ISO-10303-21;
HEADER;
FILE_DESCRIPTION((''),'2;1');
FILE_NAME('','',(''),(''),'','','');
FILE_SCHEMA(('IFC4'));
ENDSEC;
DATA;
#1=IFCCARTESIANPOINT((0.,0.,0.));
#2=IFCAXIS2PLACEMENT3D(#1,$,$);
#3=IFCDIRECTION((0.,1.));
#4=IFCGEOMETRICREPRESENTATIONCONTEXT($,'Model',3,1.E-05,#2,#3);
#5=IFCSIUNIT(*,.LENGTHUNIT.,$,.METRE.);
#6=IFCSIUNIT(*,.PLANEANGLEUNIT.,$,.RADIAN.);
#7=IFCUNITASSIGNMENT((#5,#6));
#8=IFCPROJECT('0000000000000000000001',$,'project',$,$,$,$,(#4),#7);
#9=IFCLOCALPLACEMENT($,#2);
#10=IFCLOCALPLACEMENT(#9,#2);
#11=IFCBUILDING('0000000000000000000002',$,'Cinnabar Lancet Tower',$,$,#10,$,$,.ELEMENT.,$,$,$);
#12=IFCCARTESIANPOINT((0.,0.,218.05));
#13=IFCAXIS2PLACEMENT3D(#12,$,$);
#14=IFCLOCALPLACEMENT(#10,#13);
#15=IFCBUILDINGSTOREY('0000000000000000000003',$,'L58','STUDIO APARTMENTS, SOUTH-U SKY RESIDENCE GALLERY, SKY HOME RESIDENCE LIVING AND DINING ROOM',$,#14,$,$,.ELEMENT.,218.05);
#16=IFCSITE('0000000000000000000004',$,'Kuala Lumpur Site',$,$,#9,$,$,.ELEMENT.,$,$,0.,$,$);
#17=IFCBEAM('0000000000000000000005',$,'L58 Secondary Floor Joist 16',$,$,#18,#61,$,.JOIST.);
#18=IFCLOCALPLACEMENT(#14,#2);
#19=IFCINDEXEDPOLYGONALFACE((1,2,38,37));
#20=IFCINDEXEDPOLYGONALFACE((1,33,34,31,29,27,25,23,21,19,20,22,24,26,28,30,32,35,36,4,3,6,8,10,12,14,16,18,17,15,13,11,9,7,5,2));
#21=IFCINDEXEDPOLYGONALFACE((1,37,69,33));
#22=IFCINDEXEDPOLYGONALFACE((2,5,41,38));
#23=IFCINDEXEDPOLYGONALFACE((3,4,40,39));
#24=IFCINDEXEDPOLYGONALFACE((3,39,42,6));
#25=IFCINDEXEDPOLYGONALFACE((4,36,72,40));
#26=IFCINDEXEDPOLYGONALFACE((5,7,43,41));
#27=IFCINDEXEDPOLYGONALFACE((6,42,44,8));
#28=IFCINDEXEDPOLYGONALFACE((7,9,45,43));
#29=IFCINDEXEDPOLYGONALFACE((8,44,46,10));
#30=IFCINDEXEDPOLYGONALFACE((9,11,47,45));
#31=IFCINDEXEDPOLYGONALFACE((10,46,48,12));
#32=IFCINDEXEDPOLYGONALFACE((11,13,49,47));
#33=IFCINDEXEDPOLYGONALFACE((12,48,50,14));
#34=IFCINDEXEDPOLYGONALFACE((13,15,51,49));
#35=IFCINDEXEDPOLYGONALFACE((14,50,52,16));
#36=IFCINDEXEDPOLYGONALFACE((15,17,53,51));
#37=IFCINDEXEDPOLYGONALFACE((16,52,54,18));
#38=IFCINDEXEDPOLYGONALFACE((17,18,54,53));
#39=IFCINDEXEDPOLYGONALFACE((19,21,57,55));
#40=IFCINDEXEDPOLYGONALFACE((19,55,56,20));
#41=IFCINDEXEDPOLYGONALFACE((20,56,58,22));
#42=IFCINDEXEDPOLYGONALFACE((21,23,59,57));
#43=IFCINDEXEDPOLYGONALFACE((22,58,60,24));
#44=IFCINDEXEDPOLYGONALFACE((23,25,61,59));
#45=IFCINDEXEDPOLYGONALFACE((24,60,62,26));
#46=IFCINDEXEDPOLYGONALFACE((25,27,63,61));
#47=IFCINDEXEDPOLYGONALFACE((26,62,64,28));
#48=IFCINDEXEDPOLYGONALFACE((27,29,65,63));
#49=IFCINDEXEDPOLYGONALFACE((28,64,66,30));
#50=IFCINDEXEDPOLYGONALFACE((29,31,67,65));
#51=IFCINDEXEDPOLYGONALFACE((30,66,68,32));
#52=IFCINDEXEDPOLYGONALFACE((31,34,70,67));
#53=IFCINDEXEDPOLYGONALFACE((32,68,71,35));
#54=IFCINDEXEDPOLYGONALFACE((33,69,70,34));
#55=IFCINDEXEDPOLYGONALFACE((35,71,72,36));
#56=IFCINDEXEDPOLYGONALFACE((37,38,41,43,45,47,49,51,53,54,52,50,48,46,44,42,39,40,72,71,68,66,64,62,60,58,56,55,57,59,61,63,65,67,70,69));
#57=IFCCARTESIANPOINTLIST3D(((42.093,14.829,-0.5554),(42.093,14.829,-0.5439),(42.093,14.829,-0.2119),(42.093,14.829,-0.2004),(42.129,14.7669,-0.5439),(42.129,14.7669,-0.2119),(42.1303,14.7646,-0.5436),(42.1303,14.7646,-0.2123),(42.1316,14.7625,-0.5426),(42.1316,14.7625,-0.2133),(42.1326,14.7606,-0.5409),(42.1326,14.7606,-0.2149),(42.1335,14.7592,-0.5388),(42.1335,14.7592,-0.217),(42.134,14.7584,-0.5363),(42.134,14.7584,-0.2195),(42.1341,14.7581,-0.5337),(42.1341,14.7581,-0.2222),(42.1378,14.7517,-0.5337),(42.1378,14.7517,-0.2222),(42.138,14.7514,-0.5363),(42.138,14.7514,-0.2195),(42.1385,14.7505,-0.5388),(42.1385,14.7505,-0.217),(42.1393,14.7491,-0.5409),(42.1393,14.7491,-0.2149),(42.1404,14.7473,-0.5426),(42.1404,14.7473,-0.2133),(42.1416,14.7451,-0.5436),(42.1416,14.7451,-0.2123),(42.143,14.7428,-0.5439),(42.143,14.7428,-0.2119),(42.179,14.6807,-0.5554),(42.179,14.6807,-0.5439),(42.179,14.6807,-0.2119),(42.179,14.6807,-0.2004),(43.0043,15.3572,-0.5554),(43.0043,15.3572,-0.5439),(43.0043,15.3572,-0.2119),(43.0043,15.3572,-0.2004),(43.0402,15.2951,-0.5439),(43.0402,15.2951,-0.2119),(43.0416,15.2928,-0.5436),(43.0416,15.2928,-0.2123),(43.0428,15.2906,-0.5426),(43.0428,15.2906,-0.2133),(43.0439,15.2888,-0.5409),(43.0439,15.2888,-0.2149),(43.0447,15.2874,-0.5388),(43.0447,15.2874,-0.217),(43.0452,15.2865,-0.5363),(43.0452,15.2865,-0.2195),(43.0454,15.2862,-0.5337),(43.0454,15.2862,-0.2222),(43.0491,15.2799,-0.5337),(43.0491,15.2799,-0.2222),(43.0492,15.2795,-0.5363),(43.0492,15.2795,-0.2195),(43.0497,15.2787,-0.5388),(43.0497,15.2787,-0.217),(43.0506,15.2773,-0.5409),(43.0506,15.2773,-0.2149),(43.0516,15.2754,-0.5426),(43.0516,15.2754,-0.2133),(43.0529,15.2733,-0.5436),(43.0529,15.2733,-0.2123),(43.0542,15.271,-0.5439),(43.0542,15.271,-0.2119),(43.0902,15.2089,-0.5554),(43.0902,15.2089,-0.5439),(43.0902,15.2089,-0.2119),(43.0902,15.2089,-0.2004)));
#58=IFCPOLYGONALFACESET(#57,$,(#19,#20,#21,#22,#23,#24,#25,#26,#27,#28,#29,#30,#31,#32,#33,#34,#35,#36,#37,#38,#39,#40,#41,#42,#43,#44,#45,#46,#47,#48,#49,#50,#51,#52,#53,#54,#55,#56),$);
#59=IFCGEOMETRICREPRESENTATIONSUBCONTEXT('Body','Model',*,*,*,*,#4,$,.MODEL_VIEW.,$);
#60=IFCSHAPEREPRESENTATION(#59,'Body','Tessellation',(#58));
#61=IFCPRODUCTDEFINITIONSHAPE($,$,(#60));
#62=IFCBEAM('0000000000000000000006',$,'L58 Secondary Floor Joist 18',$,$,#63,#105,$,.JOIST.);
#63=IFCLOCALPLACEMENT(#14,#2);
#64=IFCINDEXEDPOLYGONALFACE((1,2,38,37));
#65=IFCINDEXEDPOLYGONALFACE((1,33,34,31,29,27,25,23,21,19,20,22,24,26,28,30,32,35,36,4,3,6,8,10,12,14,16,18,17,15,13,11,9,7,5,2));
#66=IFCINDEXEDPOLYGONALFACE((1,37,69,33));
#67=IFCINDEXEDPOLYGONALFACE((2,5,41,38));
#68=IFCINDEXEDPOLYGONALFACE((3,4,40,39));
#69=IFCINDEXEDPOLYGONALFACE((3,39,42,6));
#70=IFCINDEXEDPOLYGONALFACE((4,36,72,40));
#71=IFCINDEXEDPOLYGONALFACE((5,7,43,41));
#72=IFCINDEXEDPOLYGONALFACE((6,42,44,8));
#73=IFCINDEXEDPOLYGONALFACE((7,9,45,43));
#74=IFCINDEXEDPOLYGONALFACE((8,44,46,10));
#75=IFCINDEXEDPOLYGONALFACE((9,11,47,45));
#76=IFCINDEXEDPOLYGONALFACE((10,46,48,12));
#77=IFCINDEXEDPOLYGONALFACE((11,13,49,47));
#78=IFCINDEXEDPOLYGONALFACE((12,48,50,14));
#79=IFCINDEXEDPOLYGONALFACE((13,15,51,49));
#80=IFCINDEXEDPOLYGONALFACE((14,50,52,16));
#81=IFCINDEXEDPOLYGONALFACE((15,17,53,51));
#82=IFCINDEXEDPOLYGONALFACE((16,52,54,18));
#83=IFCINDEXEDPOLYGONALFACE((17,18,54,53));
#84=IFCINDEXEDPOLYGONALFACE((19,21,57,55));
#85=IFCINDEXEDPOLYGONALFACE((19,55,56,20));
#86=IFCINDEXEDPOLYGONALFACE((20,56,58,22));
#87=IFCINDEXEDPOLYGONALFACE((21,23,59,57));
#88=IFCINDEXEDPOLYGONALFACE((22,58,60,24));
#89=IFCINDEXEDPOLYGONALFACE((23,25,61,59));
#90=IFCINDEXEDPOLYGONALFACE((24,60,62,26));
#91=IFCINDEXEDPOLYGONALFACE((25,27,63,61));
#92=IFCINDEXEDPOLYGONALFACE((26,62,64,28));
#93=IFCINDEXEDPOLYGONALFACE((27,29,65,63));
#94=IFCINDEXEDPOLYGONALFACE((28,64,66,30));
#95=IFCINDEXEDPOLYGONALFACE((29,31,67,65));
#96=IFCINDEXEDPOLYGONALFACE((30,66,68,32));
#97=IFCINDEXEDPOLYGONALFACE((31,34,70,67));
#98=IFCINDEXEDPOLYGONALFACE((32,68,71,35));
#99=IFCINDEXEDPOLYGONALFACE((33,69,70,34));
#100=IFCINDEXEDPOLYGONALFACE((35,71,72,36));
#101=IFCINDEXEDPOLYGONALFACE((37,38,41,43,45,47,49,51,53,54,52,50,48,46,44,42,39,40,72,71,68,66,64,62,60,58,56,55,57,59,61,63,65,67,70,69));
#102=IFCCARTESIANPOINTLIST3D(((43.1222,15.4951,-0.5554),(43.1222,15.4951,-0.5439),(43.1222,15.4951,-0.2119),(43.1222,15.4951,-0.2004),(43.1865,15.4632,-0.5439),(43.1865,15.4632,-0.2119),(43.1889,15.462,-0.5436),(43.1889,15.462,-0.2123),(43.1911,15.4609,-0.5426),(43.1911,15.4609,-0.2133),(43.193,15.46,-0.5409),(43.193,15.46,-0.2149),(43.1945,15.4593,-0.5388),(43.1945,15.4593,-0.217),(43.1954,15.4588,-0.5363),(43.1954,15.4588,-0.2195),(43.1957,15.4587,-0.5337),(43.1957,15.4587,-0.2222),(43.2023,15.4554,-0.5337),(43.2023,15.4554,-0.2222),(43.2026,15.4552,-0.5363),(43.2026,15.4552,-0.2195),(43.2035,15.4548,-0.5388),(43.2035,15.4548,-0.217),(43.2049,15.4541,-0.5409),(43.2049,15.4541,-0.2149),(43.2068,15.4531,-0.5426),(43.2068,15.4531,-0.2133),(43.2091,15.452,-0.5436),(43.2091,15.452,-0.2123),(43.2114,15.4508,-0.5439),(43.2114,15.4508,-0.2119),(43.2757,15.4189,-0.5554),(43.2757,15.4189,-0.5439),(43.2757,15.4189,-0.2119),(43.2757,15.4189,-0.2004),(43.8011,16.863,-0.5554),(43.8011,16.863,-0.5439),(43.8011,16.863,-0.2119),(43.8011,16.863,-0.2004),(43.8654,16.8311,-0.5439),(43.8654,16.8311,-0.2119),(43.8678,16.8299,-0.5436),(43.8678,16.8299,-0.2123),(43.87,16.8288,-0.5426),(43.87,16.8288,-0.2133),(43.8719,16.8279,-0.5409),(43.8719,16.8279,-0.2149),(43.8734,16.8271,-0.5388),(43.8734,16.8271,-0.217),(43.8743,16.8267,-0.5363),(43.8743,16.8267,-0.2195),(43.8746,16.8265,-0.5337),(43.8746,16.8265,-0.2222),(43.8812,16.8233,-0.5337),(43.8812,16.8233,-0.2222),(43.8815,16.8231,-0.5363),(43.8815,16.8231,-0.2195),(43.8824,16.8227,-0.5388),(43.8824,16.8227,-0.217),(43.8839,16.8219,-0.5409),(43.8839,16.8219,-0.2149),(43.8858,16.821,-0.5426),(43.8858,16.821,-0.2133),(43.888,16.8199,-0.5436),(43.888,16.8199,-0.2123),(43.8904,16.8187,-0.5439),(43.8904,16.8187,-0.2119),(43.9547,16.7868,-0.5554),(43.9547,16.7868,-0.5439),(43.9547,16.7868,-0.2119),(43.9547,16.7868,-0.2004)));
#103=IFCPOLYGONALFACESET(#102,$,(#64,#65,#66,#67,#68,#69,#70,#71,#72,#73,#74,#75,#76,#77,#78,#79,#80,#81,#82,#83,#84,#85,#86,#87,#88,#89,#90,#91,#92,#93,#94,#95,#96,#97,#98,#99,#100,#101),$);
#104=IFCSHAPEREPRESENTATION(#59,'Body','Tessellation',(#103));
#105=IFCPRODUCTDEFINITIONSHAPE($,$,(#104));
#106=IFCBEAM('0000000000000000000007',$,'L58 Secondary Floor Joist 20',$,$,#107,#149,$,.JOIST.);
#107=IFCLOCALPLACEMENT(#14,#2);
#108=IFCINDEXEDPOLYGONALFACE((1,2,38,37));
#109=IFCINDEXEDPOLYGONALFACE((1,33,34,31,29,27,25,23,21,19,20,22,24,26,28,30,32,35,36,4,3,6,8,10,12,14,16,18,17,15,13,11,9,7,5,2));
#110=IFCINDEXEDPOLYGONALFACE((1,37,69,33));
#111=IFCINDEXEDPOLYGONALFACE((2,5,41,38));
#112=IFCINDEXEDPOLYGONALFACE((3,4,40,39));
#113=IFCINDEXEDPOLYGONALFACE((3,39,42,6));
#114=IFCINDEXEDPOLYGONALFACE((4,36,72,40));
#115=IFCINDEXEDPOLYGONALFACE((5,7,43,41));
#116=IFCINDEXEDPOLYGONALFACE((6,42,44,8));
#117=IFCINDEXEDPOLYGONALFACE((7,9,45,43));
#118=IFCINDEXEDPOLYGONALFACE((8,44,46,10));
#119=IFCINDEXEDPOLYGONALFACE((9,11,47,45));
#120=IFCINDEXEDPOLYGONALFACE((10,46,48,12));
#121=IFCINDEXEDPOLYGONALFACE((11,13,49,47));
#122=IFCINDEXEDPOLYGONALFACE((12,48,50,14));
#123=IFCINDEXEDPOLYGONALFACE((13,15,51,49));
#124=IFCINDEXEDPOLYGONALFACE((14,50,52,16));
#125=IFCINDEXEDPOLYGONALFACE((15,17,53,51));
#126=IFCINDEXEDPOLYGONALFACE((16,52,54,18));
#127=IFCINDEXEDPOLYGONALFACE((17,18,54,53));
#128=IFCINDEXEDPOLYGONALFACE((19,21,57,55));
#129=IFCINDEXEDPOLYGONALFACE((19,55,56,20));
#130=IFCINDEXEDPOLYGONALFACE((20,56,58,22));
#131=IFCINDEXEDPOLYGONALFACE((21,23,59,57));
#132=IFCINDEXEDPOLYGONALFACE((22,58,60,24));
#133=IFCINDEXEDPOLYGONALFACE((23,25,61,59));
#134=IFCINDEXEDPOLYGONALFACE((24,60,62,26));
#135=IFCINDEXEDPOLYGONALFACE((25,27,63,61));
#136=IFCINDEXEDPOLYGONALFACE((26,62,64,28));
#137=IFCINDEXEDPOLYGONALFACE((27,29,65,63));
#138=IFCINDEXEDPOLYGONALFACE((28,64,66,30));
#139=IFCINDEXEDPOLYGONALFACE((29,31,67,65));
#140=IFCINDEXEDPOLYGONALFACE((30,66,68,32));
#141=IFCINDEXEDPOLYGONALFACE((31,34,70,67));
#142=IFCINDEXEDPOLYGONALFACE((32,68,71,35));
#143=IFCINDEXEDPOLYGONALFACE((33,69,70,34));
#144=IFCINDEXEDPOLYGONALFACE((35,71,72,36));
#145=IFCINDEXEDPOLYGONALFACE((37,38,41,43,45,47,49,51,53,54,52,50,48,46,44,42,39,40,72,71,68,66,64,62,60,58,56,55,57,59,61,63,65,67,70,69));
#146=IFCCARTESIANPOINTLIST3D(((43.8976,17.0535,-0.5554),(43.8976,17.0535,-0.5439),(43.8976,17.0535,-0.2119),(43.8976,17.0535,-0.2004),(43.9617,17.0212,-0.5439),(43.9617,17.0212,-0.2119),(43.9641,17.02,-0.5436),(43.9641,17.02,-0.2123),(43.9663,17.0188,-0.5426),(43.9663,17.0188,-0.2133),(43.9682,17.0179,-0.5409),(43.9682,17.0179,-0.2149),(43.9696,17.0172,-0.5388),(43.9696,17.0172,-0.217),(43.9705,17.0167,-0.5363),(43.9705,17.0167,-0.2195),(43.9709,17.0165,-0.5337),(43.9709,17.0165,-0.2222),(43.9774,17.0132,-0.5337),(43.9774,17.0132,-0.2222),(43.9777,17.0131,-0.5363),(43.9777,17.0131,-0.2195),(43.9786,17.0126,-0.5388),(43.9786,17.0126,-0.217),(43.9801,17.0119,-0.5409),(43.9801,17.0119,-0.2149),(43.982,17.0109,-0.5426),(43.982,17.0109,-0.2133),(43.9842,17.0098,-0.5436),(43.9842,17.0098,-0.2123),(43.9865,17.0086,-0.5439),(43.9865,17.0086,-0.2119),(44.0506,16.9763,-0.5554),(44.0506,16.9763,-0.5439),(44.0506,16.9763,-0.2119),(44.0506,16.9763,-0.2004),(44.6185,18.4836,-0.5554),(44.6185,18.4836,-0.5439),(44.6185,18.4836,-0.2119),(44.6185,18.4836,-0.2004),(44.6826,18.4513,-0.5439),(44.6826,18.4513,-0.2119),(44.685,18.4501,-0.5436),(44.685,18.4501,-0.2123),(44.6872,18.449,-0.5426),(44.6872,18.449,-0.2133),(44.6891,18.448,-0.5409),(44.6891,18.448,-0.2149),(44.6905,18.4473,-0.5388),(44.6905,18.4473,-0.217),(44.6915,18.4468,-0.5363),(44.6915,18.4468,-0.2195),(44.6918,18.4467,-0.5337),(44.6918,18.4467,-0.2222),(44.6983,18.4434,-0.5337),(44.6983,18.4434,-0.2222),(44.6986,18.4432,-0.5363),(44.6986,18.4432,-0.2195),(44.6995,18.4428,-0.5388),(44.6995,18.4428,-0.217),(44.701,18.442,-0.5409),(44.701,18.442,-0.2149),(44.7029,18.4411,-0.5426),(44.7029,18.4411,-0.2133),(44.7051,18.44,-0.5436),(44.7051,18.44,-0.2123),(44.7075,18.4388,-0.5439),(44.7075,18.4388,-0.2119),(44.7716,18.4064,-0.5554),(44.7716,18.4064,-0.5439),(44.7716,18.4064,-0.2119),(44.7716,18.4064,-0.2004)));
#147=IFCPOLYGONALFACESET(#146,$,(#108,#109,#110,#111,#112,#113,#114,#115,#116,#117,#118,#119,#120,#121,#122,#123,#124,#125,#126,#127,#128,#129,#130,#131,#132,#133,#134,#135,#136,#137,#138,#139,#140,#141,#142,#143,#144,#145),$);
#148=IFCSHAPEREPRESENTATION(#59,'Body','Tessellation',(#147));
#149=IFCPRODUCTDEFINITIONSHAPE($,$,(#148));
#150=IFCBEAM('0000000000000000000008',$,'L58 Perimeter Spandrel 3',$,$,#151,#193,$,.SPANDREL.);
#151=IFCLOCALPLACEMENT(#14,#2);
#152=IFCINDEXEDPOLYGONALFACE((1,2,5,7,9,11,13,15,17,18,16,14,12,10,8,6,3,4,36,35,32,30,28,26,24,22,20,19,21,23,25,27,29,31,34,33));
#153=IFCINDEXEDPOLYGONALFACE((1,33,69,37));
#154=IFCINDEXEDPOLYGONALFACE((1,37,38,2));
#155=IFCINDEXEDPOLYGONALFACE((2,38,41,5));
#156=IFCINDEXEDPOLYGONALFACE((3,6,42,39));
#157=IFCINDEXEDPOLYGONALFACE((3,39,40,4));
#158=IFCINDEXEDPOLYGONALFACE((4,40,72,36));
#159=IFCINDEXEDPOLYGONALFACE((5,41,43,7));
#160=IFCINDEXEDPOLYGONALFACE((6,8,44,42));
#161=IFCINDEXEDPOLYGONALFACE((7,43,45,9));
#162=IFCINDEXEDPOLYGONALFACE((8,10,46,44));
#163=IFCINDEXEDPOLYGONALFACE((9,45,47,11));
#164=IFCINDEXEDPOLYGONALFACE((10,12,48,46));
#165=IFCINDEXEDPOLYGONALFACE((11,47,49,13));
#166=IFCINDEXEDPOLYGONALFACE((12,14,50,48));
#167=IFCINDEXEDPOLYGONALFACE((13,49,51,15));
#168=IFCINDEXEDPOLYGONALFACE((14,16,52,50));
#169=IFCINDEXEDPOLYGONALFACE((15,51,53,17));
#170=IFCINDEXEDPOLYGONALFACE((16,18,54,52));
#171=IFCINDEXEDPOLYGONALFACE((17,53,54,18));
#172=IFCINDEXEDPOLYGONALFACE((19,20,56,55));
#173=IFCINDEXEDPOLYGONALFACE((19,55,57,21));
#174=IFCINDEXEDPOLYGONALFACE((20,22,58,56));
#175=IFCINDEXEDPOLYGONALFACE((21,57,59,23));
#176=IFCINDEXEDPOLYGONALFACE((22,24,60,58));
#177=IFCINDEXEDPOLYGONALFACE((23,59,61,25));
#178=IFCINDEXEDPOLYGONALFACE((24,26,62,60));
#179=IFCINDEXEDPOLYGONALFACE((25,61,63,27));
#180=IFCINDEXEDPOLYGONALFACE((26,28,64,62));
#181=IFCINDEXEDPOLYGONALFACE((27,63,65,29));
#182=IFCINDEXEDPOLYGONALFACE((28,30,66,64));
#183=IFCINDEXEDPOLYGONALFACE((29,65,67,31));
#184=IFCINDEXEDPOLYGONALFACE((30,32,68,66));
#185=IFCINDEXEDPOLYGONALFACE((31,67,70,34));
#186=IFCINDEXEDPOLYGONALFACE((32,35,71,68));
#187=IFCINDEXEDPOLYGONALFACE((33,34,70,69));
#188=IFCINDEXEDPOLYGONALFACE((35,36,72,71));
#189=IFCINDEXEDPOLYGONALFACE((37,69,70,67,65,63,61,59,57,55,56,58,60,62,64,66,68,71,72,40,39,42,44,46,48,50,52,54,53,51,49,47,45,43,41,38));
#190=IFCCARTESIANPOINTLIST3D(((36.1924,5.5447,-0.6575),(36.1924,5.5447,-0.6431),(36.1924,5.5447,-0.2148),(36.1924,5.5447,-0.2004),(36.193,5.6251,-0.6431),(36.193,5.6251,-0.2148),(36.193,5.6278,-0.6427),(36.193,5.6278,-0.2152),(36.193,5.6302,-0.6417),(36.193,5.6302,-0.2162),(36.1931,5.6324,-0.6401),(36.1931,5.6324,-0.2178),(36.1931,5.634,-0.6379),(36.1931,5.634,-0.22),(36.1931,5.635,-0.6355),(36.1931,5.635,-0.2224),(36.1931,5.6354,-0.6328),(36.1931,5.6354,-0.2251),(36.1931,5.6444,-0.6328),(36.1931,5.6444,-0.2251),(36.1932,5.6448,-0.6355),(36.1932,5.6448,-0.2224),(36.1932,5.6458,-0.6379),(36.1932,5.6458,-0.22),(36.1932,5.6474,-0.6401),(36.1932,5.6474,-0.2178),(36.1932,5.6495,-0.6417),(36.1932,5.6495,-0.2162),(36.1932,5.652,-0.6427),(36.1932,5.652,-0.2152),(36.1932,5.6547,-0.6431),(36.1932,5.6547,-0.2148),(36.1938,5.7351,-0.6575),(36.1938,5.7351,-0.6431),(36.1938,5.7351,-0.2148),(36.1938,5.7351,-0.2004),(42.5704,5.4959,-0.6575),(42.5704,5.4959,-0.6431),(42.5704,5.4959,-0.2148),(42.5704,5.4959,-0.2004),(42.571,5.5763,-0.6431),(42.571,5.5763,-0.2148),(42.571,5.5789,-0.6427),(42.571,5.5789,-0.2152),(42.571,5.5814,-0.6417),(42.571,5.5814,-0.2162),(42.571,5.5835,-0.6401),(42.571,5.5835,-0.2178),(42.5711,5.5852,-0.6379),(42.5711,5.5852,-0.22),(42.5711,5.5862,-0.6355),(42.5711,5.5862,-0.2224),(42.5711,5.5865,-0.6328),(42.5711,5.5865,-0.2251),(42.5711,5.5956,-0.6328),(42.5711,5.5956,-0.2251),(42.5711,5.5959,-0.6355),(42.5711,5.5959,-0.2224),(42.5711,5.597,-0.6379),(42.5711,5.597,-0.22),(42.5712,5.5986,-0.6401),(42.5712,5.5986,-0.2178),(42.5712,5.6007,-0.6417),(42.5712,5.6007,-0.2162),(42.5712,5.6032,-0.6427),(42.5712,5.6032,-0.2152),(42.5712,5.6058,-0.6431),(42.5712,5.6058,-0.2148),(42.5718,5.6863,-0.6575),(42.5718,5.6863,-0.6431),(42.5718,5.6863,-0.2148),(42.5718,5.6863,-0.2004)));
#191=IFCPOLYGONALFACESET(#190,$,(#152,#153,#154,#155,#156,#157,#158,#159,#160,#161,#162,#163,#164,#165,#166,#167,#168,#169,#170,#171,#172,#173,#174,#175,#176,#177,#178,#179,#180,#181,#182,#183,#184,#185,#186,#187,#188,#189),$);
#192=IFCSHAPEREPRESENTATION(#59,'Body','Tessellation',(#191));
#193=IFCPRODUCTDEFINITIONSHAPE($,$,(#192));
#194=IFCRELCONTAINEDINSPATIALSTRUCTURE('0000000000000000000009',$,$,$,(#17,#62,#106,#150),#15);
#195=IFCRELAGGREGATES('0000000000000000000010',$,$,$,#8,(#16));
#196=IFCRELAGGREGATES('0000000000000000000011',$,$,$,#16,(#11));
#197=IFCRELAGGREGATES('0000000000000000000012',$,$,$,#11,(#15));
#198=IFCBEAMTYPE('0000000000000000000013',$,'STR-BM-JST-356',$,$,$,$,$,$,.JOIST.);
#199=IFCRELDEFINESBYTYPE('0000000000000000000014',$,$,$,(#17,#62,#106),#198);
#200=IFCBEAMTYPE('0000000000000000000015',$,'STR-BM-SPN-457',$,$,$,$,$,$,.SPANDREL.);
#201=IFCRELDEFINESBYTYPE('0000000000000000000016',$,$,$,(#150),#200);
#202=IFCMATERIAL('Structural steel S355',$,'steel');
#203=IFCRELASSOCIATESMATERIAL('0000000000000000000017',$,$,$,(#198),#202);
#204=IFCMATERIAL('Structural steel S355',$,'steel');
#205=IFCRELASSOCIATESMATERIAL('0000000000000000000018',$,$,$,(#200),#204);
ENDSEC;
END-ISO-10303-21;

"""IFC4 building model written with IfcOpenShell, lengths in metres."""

from ifc_helpers import new_model, si_unit, direction, frame, origin, origin_2d, place, context, subcontext, project, spatial, i_section, extrude, material, material_profile, profile_set, type_object, element, save


model = new_model("IFC4")

# Units and contexts
model_context = context("Model", 3, precision=1e-05, world=origin(), true_north=direction((0.0, 1.0)))
body_context = subcontext(model_context, "Body", "Model", "MODEL_VIEW")
ifc_project = project(units=[si_unit("LENGTHUNIT", "METRE"), si_unit("PLANEANGLEUNIT", "RADIAN")], contexts=[model_context])

# Site, building, storey
site_placement = place(None, origin())
site = spatial("IfcSite", under=ifc_project, at=site_placement, Name="Kuala Lumpur Site", CompositionType="ELEMENT", RefElevation=0.0)
building_placement = place(site_placement, origin())
building = spatial("IfcBuilding", under=site, at=building_placement, Name="Cinnabar Lancet Tower", CompositionType="ELEMENT")
storey_placement = place(building_placement, frame((0.0, 0.0, 218.05)))
storey = spatial("IfcBuildingStorey", under=building, at=storey_placement, Name="L58", Description="STUDIO APARTMENTS, SOUTH-U SKY RESIDENCE GALLERY, SKY HOME RESIDENCE LIVING AND DINING ROOM", CompositionType="ELEMENT", Elevation=218.05)

# Beams
ifc_material_1 = material(Name="Structural steel S355", Category="steel")
ifc_material_profile_1 = material_profile(ifc_material_1, i_section(OverallWidth=0.1714, OverallDepth=0.355, WebThickness=0.0073, FlangeThickness=0.0115, FilletRadius=0.0103, at=origin_2d()), Name="UKB 356x171x51")
ifc_profile_set_1 = profile_set([ifc_material_profile_1], Name="Structural steel S355")
beam_type_1 = type_object("IfcBeamType", Name="STR-BM-JST-356", PredefinedType="JOIST", material=ifc_profile_set_1)
beam_1_placement = place(storey_placement, frame((42.136, 14.7549, -0.3779), z_axis=(0.865188, 0.501447, 0.0), x_axis=(-0.501447, 0.865188, 0.0)))
element("IfcBeam", 1, at=beam_1_placement, inside=storey, type_object=beam_type_1, Name="L58 Secondary Floor Joist 16", PredefinedType="JOIST", context=body_context, shape_type="SweptSolid", body=[
    extrude(i_section(OverallWidth=0.1714, OverallDepth=0.355, WebThickness=0.0073, FlangeThickness=0.0115, FilletRadius=0.0103, at=origin_2d()), origin(), (0.0, 0.0, 1.0), 1.0532),
])
beam_2_placement = place(storey_placement, frame((43.199, 15.457, -0.3779), z_axis=(0.44459, 0.895734, 0.0), x_axis=(-0.895734, 0.44459, 0.0)))
element("IfcBeam", 2, at=beam_2_placement, inside=storey, type_object=beam_type_1, Name="L58 Secondary Floor Joist 18", PredefinedType="JOIST", context=body_context, shape_type="SweptSolid", body=[
    extrude(i_section(OverallWidth=0.1714, OverallDepth=0.355, WebThickness=0.0073, FlangeThickness=0.0115, FilletRadius=0.0103, at=origin_2d()), origin(), (0.0, 0.0, 1.0), 1.5271),
])
beam_3_placement = place(storey_placement, frame((43.9741, 17.0149, -0.3779), z_axis=(0.450138, 0.892959, 0.0), x_axis=(-0.892959, 0.450138, 0.0)))
element("IfcBeam", 3, at=beam_3_placement, inside=storey, type_object=beam_type_1, Name="L58 Secondary Floor Joist 20", PredefinedType="JOIST", context=body_context, shape_type="SweptSolid", body=[
    extrude(i_section(OverallWidth=0.1714, OverallDepth=0.355, WebThickness=0.0073, FlangeThickness=0.0115, FilletRadius=0.0103, at=origin_2d()), origin(), (0.0, 0.0, 1.0), 1.6016),
])
ifc_material_2 = material(Name="Structural steel S355", Category="steel")
ifc_material_profile_2 = material_profile(ifc_material_2, i_section(OverallWidth=0.1904, OverallDepth=0.457, WebThickness=0.009, FlangeThickness=0.0144, FilletRadius=0.0103, at=origin_2d()), Name="UKB 457x191x74")
ifc_profile_set_2 = profile_set([ifc_material_profile_2], Name="Structural steel S355")
beam_type_2 = type_object("IfcBeamType", Name="STR-BM-SPN-457", PredefinedType="SPANDREL", material=ifc_profile_set_2)
beam_4_placement = place(storey_placement, frame((36.1931, 5.6399, -0.429), z_axis=(0.999971, -0.007656, 0.0), x_axis=(0.007656, 0.999971, 0.0)))
element("IfcBeam", 4, at=beam_4_placement, inside=storey, type_object=beam_type_2, Name="L58 Perimeter Spandrel 3", PredefinedType="SPANDREL", context=body_context, shape_type="SweptSolid", body=[
    extrude(i_section(OverallWidth=0.1904, OverallDepth=0.457, WebThickness=0.009, FlangeThickness=0.0144, FilletRadius=0.0103, at=origin_2d()), origin(), (0.0, 0.0, 1.0), 6.3782),
])

save(model, "model.ifc")
